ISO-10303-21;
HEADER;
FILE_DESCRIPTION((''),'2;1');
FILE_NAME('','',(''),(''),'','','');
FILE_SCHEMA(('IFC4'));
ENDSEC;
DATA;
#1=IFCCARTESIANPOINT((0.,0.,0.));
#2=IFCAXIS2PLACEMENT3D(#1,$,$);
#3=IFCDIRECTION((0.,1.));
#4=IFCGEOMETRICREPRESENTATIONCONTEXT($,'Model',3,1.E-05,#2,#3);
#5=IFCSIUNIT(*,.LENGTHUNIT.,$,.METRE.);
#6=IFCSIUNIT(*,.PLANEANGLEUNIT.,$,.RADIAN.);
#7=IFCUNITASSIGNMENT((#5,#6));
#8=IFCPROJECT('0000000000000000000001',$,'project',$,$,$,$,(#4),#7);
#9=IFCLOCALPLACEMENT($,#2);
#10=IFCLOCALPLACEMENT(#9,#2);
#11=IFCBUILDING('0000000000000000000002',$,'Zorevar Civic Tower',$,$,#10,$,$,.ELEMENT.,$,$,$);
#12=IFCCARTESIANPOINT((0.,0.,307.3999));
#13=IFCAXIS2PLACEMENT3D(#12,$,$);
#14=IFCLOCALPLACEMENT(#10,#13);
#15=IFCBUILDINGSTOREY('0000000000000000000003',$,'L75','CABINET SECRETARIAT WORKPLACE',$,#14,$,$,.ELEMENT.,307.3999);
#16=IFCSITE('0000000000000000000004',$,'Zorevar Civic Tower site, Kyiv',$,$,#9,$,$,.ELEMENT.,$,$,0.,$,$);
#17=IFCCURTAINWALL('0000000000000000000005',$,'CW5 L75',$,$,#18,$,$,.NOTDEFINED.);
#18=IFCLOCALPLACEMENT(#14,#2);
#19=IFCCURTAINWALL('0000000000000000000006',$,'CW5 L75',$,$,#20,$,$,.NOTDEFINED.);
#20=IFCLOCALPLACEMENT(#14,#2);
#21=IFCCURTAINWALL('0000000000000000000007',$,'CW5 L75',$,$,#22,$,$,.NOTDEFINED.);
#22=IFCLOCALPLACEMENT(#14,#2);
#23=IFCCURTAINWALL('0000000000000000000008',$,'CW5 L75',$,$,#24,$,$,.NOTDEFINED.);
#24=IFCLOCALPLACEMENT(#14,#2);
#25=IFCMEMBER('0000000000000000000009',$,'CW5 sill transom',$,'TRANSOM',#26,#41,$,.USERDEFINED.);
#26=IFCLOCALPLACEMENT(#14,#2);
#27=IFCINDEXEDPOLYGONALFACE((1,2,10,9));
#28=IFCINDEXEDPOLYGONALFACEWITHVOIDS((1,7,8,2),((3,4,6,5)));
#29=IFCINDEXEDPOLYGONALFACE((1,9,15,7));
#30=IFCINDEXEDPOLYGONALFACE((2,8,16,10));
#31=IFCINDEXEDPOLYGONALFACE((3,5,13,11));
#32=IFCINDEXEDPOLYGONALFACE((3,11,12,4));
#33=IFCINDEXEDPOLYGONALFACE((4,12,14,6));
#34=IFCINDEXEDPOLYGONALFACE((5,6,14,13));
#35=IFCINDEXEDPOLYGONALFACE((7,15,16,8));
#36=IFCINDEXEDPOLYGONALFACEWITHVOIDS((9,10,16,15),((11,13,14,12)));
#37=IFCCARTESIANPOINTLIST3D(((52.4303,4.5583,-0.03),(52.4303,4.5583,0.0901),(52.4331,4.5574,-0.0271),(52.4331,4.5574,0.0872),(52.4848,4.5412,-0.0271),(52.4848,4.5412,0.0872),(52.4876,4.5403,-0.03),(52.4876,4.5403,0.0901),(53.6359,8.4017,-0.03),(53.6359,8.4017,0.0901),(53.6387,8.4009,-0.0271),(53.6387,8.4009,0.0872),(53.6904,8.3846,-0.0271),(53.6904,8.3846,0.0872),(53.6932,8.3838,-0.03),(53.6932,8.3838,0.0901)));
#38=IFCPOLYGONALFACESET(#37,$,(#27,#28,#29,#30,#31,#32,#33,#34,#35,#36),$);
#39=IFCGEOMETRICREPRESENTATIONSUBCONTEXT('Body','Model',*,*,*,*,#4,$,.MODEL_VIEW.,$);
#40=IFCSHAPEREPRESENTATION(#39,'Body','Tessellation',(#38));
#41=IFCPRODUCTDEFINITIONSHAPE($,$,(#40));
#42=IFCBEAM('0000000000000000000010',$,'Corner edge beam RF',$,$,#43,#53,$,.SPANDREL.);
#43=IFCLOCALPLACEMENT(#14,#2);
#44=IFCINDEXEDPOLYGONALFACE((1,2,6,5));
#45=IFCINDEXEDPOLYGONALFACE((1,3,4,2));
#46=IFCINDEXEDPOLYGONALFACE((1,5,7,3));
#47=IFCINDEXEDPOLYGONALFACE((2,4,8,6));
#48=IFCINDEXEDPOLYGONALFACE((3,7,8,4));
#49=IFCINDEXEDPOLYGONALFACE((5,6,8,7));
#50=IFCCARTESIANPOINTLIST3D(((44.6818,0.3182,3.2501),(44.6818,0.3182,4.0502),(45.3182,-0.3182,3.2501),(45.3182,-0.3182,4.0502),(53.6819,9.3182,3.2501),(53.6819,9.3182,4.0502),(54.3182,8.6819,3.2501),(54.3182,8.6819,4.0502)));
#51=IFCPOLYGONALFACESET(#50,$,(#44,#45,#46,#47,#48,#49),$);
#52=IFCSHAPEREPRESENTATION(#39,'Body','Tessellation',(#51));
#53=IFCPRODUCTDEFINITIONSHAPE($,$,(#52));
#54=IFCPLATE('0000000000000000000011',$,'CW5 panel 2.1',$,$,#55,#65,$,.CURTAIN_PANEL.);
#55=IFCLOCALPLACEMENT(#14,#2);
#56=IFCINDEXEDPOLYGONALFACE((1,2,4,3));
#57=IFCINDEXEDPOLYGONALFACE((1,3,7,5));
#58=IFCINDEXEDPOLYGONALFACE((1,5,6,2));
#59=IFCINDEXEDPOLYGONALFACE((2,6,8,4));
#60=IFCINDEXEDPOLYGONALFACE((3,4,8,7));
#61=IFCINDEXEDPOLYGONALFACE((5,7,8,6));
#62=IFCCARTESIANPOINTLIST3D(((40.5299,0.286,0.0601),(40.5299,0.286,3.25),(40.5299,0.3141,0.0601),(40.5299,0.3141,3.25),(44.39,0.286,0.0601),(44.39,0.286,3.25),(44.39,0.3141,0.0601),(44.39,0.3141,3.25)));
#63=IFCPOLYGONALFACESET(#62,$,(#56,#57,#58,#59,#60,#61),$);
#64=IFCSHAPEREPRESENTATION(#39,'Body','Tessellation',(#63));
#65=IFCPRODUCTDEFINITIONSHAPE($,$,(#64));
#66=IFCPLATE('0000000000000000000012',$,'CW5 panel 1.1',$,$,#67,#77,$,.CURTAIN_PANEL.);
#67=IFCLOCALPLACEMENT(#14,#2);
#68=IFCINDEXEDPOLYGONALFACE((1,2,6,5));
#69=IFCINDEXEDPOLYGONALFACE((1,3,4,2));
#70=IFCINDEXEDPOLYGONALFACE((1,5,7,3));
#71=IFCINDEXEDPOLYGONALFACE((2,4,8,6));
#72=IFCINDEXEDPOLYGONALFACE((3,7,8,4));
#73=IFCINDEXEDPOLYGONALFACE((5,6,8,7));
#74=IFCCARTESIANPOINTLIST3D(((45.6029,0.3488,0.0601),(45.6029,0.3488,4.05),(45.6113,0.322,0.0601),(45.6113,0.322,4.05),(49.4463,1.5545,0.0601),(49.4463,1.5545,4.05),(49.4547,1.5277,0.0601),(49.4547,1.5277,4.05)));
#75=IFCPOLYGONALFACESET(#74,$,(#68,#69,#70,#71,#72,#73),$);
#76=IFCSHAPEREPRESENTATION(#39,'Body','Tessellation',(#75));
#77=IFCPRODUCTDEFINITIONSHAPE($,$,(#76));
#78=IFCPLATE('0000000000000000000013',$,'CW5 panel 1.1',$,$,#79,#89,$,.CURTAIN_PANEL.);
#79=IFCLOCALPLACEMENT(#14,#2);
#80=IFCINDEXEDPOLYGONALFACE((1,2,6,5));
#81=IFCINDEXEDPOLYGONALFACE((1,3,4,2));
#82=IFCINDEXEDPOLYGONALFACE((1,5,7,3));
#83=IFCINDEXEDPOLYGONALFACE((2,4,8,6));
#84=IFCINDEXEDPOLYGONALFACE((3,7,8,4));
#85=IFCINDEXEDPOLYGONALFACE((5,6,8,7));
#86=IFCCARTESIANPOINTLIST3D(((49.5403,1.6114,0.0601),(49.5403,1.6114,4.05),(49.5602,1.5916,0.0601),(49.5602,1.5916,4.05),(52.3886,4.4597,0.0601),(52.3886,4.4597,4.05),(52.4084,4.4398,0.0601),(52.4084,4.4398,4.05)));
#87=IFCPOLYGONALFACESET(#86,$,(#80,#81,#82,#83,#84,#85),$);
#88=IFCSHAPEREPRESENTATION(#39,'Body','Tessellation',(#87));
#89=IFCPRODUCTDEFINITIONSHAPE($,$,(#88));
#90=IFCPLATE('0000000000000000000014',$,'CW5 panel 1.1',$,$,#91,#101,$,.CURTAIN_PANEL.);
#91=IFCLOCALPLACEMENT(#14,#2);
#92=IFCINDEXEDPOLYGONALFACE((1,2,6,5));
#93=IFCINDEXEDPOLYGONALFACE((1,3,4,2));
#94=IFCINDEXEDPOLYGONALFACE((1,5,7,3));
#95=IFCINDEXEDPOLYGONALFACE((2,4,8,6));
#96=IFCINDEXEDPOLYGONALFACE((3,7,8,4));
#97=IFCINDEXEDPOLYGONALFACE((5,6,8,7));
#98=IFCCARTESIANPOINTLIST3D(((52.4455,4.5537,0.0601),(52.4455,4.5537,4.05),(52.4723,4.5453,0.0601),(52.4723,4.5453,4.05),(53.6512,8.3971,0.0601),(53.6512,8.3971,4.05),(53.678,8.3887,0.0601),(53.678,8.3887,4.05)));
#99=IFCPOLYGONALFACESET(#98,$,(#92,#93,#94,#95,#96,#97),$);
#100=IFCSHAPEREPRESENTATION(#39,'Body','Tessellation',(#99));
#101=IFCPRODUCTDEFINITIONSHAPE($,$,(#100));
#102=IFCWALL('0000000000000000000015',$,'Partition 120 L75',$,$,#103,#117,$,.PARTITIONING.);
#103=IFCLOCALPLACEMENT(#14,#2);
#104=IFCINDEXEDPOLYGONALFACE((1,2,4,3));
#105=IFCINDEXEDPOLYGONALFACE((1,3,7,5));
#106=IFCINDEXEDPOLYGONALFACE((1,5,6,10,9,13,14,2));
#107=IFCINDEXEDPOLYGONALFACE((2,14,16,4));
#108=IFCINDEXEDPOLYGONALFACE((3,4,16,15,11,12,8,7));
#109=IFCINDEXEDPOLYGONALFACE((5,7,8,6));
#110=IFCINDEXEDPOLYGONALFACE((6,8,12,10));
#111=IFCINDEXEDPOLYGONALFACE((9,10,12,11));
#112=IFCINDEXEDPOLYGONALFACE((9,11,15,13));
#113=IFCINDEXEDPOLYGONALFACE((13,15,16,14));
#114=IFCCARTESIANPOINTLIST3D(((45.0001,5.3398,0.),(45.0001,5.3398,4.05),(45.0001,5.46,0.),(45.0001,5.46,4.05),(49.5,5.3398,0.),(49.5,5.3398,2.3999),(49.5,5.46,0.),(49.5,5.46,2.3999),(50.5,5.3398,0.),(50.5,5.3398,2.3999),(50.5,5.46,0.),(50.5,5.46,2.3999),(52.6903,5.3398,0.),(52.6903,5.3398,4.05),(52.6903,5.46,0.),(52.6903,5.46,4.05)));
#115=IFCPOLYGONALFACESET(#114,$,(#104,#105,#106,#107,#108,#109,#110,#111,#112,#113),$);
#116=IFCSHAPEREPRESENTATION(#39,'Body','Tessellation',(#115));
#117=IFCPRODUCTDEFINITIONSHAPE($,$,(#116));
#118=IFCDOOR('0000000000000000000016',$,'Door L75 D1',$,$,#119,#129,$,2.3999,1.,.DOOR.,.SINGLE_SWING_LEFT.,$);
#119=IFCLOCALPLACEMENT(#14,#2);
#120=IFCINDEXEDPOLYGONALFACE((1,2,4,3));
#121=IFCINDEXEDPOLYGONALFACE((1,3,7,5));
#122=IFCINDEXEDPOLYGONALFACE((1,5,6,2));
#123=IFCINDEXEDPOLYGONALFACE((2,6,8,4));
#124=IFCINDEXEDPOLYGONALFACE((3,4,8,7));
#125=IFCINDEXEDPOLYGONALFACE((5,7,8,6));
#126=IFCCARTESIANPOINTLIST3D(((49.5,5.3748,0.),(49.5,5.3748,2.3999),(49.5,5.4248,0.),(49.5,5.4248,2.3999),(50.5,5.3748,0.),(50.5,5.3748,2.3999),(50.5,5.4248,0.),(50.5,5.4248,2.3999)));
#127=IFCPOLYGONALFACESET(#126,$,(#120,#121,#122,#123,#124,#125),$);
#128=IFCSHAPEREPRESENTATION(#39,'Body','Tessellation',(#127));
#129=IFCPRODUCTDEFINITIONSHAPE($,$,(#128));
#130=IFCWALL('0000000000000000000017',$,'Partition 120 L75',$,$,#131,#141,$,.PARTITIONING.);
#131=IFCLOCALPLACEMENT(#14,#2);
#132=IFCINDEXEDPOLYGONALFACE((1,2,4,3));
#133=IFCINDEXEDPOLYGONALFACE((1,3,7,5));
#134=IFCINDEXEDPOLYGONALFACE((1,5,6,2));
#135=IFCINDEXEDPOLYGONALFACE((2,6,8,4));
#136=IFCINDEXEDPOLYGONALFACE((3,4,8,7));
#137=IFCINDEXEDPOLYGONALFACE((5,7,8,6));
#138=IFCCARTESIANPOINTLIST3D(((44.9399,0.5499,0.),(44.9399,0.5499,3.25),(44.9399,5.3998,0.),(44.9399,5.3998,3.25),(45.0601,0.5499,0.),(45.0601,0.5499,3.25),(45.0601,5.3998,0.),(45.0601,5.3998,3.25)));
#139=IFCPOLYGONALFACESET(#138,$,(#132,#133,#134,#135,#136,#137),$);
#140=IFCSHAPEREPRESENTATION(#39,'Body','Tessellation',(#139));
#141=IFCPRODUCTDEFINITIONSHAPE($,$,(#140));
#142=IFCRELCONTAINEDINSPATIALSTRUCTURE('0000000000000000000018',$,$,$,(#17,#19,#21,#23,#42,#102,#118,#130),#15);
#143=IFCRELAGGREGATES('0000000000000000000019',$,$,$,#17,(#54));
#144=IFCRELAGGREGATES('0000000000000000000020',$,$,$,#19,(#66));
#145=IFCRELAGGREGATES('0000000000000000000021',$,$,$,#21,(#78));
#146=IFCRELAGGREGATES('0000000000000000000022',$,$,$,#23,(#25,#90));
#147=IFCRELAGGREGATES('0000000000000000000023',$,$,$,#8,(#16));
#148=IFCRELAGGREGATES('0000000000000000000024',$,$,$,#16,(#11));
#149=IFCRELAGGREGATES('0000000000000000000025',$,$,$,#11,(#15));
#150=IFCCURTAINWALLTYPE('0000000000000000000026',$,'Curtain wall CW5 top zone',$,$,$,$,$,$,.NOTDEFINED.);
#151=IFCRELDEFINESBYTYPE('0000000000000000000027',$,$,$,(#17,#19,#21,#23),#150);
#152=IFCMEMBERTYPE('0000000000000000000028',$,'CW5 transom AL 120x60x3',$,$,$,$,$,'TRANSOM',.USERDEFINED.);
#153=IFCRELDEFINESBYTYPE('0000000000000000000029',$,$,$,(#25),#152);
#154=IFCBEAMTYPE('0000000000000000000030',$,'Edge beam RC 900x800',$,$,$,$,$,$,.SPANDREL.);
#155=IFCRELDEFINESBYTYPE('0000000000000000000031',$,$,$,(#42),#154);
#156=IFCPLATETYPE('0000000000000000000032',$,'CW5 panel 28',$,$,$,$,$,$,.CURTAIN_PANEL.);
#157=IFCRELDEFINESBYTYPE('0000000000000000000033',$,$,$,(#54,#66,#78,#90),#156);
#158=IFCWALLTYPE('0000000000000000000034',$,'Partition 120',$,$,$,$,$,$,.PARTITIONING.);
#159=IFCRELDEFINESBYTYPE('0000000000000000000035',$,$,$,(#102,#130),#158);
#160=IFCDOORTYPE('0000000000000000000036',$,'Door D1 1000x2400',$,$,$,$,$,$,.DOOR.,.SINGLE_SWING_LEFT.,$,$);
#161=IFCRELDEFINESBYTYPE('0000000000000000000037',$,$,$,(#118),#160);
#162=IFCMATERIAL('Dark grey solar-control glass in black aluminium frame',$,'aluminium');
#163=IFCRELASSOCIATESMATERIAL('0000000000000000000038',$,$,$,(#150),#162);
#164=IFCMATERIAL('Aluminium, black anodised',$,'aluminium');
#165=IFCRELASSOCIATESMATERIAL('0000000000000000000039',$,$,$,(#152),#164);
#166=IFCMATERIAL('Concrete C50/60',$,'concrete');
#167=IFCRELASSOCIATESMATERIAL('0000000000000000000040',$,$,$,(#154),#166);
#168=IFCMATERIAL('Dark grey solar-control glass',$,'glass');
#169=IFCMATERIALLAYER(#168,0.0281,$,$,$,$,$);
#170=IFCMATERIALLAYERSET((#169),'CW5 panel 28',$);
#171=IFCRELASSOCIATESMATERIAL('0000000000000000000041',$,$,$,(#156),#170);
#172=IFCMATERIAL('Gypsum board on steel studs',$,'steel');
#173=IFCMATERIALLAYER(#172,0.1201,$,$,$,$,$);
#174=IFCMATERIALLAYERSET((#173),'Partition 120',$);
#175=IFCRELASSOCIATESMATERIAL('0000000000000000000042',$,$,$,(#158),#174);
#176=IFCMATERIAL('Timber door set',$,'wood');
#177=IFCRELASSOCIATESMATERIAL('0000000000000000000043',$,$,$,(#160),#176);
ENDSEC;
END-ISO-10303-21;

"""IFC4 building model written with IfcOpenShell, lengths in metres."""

from ifc_helpers import new_model, si_unit, direction, frame, frame_2d, origin, origin_2d, place, context, subcontext, project, spatial, rectangle, hollow_rectangle, extrude, material, layer, layer_set, material_profile, profile_set, type_object, element, fill, aggregate, save


model = new_model("IFC4")

# Units and contexts
model_context = context("Model", 3, precision=1e-05, world=origin(), true_north=direction((0.0, 1.0)))
body_context = subcontext(model_context, "Body", "Model", "MODEL_VIEW")
ifc_project = project(units=[si_unit("LENGTHUNIT", "METRE"), si_unit("PLANEANGLEUNIT", "RADIAN")], contexts=[model_context])

# Site, building, storey
site_placement = place(None, origin())
site = spatial("IfcSite", under=ifc_project, at=site_placement, Name="Zorevar Civic Tower site, Kyiv", CompositionType="ELEMENT", RefElevation=0.0)
building_placement = place(site_placement, origin())
building = spatial("IfcBuilding", under=site, at=building_placement, Name="Zorevar Civic Tower", CompositionType="ELEMENT")
storey_placement = place(building_placement, frame((0.0, 0.0, 307.3999)))
storey = spatial("IfcBuildingStorey", under=building, at=storey_placement, Name="L75", Description="CABINET SECRETARIAT WORKPLACE", CompositionType="ELEMENT", Elevation=307.3999)

# Curtain wall
ifc_material_1 = material(Name="Dark grey solar-control glass in black aluminium frame", Category="aluminium")
curtain_wall_type = type_object("IfcCurtainWallType", Name="Curtain wall CW5 top zone", PredefinedType="NOTDEFINED", material=ifc_material_1)
curtain_wall_1_placement = place(storey_placement, origin())
curtain_wall_1 = element("IfcCurtainWall", 1, at=curtain_wall_1_placement, inside=storey, type_object=curtain_wall_type, Name="CW5 L75", PredefinedType="NOTDEFINED")

# Curtain walls
curtain_wall_2_placement = place(storey_placement, origin())
curtain_wall_2 = element("IfcCurtainWall", 2, at=curtain_wall_2_placement, inside=storey, type_object=curtain_wall_type, Name="CW5 L75", PredefinedType="NOTDEFINED")
curtain_wall_3_placement = place(storey_placement, origin())
curtain_wall_3 = element("IfcCurtainWall", 3, at=curtain_wall_3_placement, inside=storey, type_object=curtain_wall_type, Name="CW5 L75", PredefinedType="NOTDEFINED")
curtain_wall_4_placement = place(storey_placement, origin())
curtain_wall_4 = element("IfcCurtainWall", 4, at=curtain_wall_4_placement, inside=storey, type_object=curtain_wall_type, Name="CW5 L75", PredefinedType="NOTDEFINED")

# Member
ifc_material_2 = material(Name="Aluminium, black anodised", Category="aluminium")
ifc_material_profile_1 = material_profile(ifc_material_2, hollow_rectangle(XDim=0.0601, YDim=0.1201, WallThickness=0.0029, at=origin_2d()), Name="AL 120x60x3")
ifc_profile_set_1 = profile_set([ifc_material_profile_1], Name="Aluminium, black anodised")
member_type_1 = type_object("IfcMemberType", Name="CW5 transom AL 120x60x3", ElementType="TRANSOM", PredefinedType="USERDEFINED", material=ifc_profile_set_1)
member_1_placement = place(storey_placement, frame((52.459, 4.5493, 0.03), z_axis=(0.299286, 0.954163, 0.0), x_axis=(-0.954163, 0.299286, 0.0)))
member_1 = element("IfcMember", 5, at=member_1_placement, type_object=member_type_1, Name="CW5 sill transom", ObjectType="TRANSOM", PredefinedType="USERDEFINED", context=body_context, shape_type="SweptSolid", body=[
    extrude(hollow_rectangle(XDim=0.0601, YDim=0.1201, WallThickness=0.0029, at=origin_2d()), origin(), (0.0, 0.0, 1.0), 4.0281),
])

# Beam
ifc_material_3 = material(Name="Concrete C50/60", Category="concrete")
ifc_material_profile_2 = material_profile(ifc_material_3, rectangle(XDim=0.8999, YDim=0.8, at=origin_2d()), Name="RC 900x800")
ifc_profile_set_2 = profile_set([ifc_material_profile_2], Name="Concrete C50/60")
beam_type_1 = type_object("IfcBeamType", Name="Edge beam RC 900x800", PredefinedType="SPANDREL", material=ifc_profile_set_2)
beam_1_placement = place(storey_placement, frame((45.0, 0.0, 3.6501), z_axis=(0.707107, 0.707107, 0.0), x_axis=(-0.707107, 0.707107, 0.0)))
element("IfcBeam", 6, at=beam_1_placement, inside=storey, type_object=beam_type_1, Name="Corner edge beam RF", PredefinedType="SPANDREL", context=body_context, shape_type="SweptSolid", body=[
    extrude(rectangle(XDim=0.8999, YDim=0.8, at=origin_2d()), origin(), (0.0, 0.0, 1.0), 12.728),
])

# Plates
ifc_material_4 = material(Name="Dark grey solar-control glass", Category="glass")
ifc_layer_1 = layer(ifc_material_4, 0.0281)
ifc_layer_set_1 = layer_set([ifc_layer_1], Name="CW5 panel 28")
plate_type = type_object("IfcPlateType", Name="CW5 panel 28", PredefinedType="CURTAIN_PANEL", material=ifc_layer_set_1)
plate_1_placement = place(storey_placement, frame((42.46, 0.3, 0.0601), z_axis=(0.0, 0.0, 1.0), x_axis=(1.0, 0.0, 0.0)))
plate_1 = element("IfcPlate", 7, at=plate_1_placement, type_object=plate_type, Name="CW5 panel 2.1", PredefinedType="CURTAIN_PANEL", context=body_context, shape_type="SweptSolid", body=[
    extrude(rectangle(XDim=3.8601, YDim=0.0281, at=origin_2d()), origin(), (0.0, 0.0, 1.0), 3.1899),
])
aggregate(curtain_wall_1, [plate_1])
plate_2_placement = place(storey_placement, frame((47.5288, 0.9382, 0.0601), z_axis=(0.0, 0.0, 1.0), x_axis=(0.954153, 0.299318, 0.0)))
plate_2 = element("IfcPlate", 8, at=plate_2_placement, type_object=plate_type, Name="CW5 panel 1.1", PredefinedType="CURTAIN_PANEL", context=body_context, shape_type="SweptSolid", body=[
    extrude(rectangle(XDim=4.0281, YDim=0.0281, at=origin_2d()), origin(), (0.0, 0.0, 1.0), 3.99),
])
aggregate(curtain_wall_2, [plate_2])
plate_3_placement = place(storey_placement, frame((50.9744, 3.0256, 0.0601), z_axis=(0.0, 0.0, 1.0), x_axis=(0.707107, 0.707107, 0.0)))
plate_3 = element("IfcPlate", 9, at=plate_3_placement, type_object=plate_type, Name="CW5 panel 1.1", PredefinedType="CURTAIN_PANEL", context=body_context, shape_type="SweptSolid", body=[
    extrude(rectangle(XDim=4.0281, YDim=0.0281, at=origin_2d()), origin(), (0.0, 0.0, 1.0), 3.99),
])
aggregate(curtain_wall_3, [plate_3])
plate_4_placement = place(storey_placement, frame((53.0618, 6.4712, 0.0601), z_axis=(0.0, 0.0, 1.0), x_axis=(0.299318, 0.954153, 0.0)))
plate_4 = element("IfcPlate", 10, at=plate_4_placement, type_object=plate_type, Name="CW5 panel 1.1", PredefinedType="CURTAIN_PANEL", context=body_context, shape_type="SweptSolid", body=[
    extrude(rectangle(XDim=4.0281, YDim=0.0281, at=origin_2d()), origin(), (0.0, 0.0, 1.0), 3.99),
])
aggregate(curtain_wall_4, [member_1, plate_4])

# Wall, opening, door
ifc_material_5 = material(Name="Gypsum board on steel studs", Category="steel")
ifc_layer_2 = layer(ifc_material_5, 0.1201)
ifc_layer_set_2 = layer_set([ifc_layer_2], Name="Partition 120")
wall_type = type_object("IfcWallType", Name="Partition 120", PredefinedType="PARTITIONING", material=ifc_layer_set_2)
wall_1_placement = place(storey_placement, frame((45.0, 5.3999, 0.0), z_axis=(0.0, 0.0, 1.0), x_axis=(1.0, 0.0, 0.0)))
wall_1 = element("IfcWall", 11, at=wall_1_placement, inside=storey, type_object=wall_type, Name="Partition 120 L75", PredefinedType="PARTITIONING", context=body_context, shape_type="SweptSolid", body=[
    extrude(rectangle(XDim=7.6902, YDim=0.1201, at=frame_2d((3.8452, 0.0))), origin(), (0.0, 0.0, 1.0), 4.05),
])
opening_placement = place(wall_1_placement, frame((4.5, 0.0, 0.0)))
opening = element("IfcOpeningElement", 12, at=opening_placement, cuts=wall_1, PredefinedType="OPENING", context=body_context, shape_type="SweptSolid", body=[
    extrude(rectangle(XDim=1.0, YDim=2.3999, at=frame_2d((0.5, 1.2))), frame((0.0, 0.0701, 0.0), z_axis=(0.0, -1.0, 0.0), x_axis=(1.0, 0.0, 0.0)), (0.0, 0.0, 1.0), 0.1401),
])
ifc_material_6 = material(Name="Timber door set", Category="wood")
door_type = type_object("IfcDoorType", Name="Door D1 1000x2400", OperationType="SINGLE_SWING_LEFT", PredefinedType="DOOR", material=ifc_material_6)
door_placement = place(opening_placement, origin())
door = element("IfcDoor", 13, at=door_placement, inside=storey, type_object=door_type, Name="Door L75 D1", OperationType="SINGLE_SWING_LEFT", OverallHeight=2.3999, OverallWidth=1.0, PredefinedType="DOOR", context=body_context, shape_type="SweptSolid", body=[
    extrude(rectangle(XDim=1.0, YDim=2.3999, at=frame_2d((0.5, 1.2))), frame((0.0, 0.0249, 0.0), z_axis=(0.0, -1.0, 0.0), x_axis=(1.0, 0.0, 0.0)), (0.0, 0.0, 1.0), 0.05),
])
fill(opening, door)

# Wall
wall_2_placement = place(storey_placement, frame((45.0, 0.55, 0.0), z_axis=(0.0, 0.0, 1.0), x_axis=(0.0, 1.0, 0.0)))
element("IfcWall", 14, at=wall_2_placement, inside=storey, type_object=wall_type, Name="Partition 120 L75", PredefinedType="PARTITIONING", context=body_context, shape_type="SweptSolid", body=[
    extrude(rectangle(XDim=4.8499, YDim=0.1201, at=frame_2d((2.4248, 0.0))), origin(), (0.0, 0.0, 1.0), 3.25),
])

save(model, "model.ifc")
